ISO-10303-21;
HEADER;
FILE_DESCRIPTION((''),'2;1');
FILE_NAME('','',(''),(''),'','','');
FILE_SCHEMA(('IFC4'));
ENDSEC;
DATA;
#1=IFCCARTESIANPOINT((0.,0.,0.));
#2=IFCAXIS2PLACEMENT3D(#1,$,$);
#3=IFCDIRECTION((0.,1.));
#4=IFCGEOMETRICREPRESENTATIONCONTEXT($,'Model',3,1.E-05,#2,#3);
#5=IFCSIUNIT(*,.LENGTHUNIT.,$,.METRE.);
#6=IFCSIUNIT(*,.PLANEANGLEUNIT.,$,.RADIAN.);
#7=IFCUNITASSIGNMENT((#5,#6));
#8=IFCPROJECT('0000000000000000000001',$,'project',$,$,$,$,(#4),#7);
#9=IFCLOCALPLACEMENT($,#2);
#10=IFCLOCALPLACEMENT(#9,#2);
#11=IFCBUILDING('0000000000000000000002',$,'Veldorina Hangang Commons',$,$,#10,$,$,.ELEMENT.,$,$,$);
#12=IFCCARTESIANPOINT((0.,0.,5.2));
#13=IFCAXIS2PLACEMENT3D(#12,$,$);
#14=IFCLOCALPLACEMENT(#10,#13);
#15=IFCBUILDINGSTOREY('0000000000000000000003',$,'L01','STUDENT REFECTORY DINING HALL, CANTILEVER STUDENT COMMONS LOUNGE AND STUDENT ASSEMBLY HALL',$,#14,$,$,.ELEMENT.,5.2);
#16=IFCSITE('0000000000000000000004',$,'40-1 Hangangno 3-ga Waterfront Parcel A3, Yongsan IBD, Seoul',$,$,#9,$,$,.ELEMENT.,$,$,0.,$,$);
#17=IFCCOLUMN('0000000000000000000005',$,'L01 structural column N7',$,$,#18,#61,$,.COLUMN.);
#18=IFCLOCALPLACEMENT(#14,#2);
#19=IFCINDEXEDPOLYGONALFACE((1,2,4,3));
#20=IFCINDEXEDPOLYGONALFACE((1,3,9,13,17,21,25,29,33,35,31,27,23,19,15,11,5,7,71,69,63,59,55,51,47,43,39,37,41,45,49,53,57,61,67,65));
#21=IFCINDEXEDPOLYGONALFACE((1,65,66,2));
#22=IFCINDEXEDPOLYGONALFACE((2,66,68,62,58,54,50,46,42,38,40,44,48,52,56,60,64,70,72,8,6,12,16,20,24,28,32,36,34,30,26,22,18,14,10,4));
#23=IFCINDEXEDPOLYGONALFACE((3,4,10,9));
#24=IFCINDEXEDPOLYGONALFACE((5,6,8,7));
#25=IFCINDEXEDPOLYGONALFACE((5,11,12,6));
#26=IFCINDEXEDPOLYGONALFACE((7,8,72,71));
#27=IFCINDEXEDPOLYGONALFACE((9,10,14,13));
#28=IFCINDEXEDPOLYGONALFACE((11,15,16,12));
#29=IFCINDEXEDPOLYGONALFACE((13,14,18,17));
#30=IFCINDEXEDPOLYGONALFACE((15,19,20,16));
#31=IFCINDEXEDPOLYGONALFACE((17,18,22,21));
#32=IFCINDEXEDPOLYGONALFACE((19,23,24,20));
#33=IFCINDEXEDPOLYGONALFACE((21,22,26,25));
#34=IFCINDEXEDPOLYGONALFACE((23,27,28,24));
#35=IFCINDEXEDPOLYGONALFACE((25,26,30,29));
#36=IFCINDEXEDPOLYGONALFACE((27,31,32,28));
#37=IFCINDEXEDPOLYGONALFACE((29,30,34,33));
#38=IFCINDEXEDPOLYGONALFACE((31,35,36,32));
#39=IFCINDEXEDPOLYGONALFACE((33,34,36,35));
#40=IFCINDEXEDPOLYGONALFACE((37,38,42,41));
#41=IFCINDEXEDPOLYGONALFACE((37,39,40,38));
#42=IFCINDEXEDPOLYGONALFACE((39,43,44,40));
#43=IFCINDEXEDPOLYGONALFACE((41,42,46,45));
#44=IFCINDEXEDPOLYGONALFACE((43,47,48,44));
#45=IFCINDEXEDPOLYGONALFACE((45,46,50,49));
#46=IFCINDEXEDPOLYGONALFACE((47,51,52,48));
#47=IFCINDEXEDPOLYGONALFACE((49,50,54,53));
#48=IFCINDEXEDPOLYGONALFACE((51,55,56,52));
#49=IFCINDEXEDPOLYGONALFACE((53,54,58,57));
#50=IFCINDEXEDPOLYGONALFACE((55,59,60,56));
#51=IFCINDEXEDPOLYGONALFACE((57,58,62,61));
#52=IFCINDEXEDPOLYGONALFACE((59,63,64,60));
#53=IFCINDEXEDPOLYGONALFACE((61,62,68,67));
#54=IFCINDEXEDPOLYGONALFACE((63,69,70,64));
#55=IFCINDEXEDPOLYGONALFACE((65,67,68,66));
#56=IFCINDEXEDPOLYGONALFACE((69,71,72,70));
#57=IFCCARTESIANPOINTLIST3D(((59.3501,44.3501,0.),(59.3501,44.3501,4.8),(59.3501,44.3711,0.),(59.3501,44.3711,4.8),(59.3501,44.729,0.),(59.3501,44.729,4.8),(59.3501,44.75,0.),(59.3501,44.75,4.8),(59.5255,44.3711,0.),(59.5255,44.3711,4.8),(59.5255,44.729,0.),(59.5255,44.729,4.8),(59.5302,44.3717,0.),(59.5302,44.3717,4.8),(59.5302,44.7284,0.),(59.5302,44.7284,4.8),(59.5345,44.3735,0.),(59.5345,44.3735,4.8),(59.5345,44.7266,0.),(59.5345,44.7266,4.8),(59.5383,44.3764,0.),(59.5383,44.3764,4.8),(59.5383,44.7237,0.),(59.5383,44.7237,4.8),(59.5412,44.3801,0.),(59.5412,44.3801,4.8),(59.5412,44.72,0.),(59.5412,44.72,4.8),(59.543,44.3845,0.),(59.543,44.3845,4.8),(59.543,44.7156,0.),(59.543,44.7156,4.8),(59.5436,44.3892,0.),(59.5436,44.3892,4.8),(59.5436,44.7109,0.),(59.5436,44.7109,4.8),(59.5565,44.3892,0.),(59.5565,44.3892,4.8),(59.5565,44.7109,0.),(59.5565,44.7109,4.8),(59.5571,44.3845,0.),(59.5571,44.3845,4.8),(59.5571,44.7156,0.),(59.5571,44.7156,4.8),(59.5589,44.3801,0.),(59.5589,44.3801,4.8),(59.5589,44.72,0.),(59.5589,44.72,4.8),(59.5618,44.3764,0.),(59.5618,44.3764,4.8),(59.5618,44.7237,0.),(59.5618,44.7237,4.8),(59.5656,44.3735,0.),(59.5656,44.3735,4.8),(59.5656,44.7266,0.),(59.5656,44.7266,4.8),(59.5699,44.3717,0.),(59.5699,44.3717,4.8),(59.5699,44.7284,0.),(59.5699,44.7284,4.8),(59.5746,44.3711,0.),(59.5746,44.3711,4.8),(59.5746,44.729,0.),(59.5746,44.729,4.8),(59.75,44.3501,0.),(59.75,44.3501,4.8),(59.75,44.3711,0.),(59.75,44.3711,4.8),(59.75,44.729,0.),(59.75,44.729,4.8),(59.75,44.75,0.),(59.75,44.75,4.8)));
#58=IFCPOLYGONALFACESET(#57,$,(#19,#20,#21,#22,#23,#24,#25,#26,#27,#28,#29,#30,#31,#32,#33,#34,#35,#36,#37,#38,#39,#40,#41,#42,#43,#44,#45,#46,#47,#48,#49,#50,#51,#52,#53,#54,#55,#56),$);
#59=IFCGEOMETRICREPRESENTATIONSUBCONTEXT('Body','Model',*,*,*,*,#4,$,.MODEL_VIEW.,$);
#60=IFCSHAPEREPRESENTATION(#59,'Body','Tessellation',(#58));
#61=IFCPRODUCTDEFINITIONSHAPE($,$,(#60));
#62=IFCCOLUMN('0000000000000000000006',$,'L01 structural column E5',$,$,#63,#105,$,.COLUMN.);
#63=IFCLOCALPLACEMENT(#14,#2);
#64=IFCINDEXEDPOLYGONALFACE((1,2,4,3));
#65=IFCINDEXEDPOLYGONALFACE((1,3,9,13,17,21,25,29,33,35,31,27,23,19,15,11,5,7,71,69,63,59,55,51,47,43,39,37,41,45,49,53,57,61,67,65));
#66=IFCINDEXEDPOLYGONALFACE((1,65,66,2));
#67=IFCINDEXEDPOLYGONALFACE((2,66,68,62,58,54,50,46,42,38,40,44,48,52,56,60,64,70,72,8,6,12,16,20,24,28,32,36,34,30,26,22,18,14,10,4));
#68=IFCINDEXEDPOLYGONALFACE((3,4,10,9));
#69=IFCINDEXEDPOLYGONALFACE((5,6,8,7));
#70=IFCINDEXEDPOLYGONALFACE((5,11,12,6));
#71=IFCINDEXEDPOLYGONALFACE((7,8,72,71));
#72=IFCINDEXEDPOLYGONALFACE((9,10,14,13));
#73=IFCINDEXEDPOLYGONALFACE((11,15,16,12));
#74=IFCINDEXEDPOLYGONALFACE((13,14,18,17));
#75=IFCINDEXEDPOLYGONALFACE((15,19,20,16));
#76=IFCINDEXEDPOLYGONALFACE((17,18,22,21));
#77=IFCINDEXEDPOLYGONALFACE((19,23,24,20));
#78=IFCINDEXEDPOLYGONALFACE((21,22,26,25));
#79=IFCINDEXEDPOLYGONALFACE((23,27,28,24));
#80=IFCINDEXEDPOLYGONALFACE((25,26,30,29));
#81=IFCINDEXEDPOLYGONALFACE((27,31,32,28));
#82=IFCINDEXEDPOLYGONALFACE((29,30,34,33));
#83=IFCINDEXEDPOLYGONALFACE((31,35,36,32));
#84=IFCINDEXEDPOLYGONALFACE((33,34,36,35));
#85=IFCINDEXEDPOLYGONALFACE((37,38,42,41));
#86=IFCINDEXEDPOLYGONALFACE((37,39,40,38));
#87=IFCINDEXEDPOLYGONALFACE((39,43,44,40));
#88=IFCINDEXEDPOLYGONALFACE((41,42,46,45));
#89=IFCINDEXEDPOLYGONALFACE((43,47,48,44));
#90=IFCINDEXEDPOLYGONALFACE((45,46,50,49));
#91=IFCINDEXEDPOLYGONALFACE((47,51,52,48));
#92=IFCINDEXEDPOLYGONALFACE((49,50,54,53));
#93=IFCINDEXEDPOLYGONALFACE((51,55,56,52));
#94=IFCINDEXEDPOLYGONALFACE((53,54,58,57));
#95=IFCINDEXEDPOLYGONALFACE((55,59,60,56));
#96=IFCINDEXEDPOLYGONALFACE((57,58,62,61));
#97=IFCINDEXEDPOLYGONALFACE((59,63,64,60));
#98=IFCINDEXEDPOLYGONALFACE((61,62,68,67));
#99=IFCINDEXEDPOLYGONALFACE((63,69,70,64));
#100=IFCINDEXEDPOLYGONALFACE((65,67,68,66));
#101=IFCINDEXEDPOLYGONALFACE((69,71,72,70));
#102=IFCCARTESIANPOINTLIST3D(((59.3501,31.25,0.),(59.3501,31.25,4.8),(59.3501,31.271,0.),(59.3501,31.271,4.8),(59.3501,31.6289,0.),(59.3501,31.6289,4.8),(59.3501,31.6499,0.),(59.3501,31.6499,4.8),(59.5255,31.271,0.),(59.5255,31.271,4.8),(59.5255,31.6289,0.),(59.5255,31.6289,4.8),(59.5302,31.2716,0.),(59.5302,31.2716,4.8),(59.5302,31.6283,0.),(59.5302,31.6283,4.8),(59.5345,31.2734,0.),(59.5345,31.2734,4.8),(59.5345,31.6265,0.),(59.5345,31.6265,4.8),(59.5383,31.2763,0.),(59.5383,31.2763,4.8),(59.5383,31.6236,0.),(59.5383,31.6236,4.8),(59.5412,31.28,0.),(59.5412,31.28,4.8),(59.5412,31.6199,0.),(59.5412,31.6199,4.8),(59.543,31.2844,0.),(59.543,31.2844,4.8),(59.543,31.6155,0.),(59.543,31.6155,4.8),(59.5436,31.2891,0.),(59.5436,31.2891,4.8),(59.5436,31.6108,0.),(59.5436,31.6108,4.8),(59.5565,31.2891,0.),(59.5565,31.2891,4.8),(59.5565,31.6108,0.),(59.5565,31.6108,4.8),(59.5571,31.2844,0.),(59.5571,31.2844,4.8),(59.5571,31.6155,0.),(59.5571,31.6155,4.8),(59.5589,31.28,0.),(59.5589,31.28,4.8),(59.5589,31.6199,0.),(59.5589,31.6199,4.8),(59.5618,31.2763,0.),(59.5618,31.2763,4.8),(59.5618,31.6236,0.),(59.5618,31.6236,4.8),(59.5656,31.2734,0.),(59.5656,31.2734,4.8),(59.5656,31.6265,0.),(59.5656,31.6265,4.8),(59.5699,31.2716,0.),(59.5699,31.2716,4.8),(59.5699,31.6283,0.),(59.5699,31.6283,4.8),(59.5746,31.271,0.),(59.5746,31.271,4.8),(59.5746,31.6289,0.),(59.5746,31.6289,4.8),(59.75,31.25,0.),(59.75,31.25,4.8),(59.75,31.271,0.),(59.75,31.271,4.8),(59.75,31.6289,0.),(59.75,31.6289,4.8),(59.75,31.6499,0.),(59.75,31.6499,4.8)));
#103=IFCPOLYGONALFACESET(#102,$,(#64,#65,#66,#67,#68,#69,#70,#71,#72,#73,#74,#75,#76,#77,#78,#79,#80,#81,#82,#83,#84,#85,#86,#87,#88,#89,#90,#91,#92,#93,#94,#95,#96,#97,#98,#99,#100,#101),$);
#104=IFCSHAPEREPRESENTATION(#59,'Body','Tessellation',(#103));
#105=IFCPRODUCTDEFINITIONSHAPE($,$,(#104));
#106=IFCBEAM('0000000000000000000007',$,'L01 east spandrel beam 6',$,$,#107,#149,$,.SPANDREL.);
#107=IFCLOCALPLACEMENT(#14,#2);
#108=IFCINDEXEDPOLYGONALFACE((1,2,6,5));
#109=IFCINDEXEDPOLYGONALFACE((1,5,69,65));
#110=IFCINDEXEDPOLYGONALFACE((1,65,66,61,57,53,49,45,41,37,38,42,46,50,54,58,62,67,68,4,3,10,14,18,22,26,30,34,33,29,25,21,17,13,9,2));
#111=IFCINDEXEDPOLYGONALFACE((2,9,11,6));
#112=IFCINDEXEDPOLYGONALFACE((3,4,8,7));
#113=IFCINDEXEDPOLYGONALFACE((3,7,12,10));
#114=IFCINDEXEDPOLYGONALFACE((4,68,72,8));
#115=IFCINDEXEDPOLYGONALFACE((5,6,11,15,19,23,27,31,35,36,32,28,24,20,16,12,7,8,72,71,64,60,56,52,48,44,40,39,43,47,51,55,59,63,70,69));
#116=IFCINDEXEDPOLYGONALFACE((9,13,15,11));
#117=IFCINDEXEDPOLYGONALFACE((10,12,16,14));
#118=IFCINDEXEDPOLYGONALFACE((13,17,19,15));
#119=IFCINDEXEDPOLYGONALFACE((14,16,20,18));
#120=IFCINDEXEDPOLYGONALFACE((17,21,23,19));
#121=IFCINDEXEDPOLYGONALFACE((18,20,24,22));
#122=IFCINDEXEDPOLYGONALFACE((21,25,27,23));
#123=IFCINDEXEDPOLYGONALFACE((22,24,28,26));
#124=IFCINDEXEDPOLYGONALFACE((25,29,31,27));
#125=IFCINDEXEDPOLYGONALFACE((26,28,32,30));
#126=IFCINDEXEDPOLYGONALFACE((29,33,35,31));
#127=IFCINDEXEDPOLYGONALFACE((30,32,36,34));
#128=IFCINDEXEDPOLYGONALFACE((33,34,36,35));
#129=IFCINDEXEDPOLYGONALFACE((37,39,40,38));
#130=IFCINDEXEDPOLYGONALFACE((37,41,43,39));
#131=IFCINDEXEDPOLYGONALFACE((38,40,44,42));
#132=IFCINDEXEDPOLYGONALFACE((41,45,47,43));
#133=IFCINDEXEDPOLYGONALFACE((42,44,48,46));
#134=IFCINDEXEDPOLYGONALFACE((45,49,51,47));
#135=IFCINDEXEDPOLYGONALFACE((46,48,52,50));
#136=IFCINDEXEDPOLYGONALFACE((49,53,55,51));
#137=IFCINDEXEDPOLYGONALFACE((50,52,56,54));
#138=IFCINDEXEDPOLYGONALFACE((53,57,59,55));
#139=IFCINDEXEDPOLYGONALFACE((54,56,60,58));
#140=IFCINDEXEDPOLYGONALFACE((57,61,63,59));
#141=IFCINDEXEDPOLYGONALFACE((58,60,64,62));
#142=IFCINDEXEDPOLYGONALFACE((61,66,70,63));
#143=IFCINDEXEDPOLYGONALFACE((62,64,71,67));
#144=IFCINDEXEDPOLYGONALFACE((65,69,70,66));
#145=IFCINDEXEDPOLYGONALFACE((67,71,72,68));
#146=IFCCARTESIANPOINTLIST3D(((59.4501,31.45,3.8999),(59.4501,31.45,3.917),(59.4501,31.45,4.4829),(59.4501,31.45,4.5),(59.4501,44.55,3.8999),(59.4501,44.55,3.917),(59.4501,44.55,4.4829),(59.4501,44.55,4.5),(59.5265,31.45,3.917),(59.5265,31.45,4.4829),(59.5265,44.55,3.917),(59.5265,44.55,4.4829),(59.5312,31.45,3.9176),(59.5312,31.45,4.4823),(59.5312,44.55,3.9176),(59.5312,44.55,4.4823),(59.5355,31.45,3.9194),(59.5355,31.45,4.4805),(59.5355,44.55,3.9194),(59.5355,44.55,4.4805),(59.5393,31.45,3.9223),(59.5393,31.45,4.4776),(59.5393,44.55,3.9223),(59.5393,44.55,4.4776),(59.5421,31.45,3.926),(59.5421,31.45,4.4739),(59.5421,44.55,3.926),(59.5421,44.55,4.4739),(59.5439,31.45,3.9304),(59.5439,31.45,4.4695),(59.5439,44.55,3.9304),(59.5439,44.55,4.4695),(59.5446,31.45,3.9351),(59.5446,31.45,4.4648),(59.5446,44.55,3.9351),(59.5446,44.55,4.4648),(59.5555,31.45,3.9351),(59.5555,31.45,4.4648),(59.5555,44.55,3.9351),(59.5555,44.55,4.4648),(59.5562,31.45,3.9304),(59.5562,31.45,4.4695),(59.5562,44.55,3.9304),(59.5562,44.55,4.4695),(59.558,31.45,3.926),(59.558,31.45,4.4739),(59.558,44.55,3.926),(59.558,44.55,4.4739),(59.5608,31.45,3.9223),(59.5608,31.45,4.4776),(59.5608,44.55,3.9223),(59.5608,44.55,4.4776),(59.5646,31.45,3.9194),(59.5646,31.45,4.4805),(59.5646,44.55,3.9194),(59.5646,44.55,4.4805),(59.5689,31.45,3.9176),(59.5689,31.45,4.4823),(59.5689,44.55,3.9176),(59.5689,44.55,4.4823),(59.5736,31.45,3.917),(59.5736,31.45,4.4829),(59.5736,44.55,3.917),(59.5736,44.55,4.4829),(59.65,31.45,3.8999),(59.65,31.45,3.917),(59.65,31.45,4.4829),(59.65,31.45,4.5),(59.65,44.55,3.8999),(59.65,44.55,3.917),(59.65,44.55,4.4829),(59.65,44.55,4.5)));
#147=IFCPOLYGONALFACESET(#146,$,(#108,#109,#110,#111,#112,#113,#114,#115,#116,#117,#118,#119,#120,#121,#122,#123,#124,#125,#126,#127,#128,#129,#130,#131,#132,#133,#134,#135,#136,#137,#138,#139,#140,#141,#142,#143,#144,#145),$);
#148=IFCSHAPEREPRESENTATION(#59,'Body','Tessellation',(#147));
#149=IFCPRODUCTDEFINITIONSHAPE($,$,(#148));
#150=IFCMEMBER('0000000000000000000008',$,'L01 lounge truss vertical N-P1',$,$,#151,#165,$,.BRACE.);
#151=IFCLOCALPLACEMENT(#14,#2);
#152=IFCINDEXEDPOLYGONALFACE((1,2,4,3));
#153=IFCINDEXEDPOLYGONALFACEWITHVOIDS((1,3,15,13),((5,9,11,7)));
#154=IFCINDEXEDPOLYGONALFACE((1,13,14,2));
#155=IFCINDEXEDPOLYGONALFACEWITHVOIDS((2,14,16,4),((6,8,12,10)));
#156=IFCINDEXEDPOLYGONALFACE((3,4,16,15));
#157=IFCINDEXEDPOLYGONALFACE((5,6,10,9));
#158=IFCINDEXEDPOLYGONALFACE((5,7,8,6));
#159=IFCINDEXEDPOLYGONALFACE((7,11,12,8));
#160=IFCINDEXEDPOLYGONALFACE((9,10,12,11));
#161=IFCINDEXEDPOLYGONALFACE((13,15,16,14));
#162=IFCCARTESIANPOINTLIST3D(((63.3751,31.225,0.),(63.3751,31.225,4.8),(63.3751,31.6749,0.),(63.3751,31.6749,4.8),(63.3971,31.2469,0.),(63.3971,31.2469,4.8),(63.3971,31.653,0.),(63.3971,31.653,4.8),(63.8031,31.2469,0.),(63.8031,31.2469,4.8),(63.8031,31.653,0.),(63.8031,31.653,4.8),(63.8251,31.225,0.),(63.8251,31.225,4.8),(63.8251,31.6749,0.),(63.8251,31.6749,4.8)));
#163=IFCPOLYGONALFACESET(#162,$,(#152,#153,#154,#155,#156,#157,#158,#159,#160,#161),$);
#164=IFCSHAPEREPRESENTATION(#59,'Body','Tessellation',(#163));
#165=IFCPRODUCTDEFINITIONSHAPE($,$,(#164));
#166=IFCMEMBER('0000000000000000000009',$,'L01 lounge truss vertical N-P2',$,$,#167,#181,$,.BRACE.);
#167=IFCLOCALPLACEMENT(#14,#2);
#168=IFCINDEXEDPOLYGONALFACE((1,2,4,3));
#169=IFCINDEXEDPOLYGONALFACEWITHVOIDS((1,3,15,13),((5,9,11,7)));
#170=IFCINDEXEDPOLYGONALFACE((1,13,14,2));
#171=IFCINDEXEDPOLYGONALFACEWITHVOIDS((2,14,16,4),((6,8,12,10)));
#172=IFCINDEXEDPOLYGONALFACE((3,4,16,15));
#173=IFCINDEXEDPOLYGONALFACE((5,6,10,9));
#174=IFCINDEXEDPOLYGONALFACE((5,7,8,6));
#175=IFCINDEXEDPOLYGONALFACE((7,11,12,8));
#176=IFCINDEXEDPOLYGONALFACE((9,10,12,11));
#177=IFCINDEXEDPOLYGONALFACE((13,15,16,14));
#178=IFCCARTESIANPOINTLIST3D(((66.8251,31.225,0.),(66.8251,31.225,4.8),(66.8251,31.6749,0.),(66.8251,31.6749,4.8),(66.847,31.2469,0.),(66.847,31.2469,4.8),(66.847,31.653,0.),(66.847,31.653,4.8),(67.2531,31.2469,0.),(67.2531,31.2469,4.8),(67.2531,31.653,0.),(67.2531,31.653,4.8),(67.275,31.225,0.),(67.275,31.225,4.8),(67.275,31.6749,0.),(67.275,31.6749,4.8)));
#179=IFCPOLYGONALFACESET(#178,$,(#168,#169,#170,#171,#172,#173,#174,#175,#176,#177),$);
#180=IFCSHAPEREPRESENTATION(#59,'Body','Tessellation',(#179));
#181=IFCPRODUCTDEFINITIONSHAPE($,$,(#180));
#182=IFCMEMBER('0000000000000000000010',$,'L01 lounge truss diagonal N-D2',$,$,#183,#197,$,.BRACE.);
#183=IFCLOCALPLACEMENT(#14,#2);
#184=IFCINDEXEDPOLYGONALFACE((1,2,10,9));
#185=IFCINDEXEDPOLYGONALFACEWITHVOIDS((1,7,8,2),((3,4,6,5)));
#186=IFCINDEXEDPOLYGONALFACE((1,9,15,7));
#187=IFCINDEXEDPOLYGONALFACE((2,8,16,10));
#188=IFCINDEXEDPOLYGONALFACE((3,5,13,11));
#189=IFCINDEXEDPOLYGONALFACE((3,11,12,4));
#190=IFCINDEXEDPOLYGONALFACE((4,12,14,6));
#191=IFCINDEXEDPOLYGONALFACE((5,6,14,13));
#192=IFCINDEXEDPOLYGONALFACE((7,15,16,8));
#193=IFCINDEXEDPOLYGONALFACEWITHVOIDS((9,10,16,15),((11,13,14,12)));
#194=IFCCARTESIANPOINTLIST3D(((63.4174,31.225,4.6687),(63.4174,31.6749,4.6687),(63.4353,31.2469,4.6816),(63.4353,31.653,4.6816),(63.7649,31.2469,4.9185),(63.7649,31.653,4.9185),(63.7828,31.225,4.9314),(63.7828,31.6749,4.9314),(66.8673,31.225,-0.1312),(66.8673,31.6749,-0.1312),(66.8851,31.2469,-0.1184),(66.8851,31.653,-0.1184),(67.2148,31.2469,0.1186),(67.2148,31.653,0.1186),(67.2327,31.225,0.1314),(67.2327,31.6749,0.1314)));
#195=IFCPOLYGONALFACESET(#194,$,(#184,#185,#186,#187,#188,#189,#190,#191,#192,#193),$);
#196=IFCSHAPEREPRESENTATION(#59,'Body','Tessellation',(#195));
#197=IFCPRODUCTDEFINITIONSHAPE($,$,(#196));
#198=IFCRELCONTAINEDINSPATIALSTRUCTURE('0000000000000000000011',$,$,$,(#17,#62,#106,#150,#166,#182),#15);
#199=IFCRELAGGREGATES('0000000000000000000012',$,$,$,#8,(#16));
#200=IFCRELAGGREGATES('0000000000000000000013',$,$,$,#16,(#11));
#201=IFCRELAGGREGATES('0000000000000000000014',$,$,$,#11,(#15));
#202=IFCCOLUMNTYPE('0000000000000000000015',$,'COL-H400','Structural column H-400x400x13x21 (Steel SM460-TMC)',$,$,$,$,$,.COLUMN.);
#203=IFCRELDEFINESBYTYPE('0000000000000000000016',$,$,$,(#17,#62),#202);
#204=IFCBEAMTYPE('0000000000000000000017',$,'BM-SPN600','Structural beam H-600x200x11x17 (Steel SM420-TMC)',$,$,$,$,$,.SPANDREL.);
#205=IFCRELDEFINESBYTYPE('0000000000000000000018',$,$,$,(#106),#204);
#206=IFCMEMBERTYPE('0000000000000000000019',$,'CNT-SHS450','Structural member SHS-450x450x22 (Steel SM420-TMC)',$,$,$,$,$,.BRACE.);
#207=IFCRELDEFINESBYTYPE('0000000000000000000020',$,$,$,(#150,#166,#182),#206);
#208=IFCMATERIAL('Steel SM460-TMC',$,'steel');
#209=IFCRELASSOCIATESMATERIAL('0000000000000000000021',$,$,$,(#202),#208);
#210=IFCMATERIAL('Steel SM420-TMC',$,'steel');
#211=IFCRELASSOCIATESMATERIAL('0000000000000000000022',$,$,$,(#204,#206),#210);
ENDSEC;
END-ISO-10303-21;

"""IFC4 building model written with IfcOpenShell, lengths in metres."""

from ifc_helpers import new_model, si_unit, direction, frame, origin, origin_2d, place, context, subcontext, project, spatial, hollow_rectangle, i_section, extrude, material, material_profile, profile_set, type_object, element, save


model = new_model("IFC4")

# Units and contexts
model_context = context("Model", 3, precision=1e-05, world=origin(), true_north=direction((0.0, 1.0)))
body_context = subcontext(model_context, "Body", "Model", "MODEL_VIEW")
ifc_project = project(units=[si_unit("LENGTHUNIT", "METRE"), si_unit("PLANEANGLEUNIT", "RADIAN")], contexts=[model_context])

# Site, building, storey
site_placement = place(None, origin())
site = spatial("IfcSite", under=ifc_project, at=site_placement, Name="40-1 Hangangno 3-ga Waterfront Parcel A3, Yongsan IBD, Seoul", CompositionType="ELEMENT", RefElevation=0.0)
building_placement = place(site_placement, origin())
building = spatial("IfcBuilding", under=site, at=building_placement, Name="Veldorina Hangang Commons", CompositionType="ELEMENT")
storey_placement = place(building_placement, frame((0.0, 0.0, 5.2)))
storey = spatial("IfcBuildingStorey", under=building, at=storey_placement, Name="L01", Description="STUDENT REFECTORY DINING HALL, CANTILEVER STUDENT COMMONS LOUNGE AND STUDENT ASSEMBLY HALL", CompositionType="ELEMENT", Elevation=5.2)

# Columns
ifc_material_1 = material(Name="Steel SM460-TMC", Category="steel")
ifc_material_profile_1 = material_profile(ifc_material_1, i_section(OverallWidth=0.3999, OverallDepth=0.3999, WebThickness=0.0129, FlangeThickness=0.021, FilletRadius=0.0181, at=origin_2d()), Name="H-400x400x13x21")
ifc_profile_set_1 = profile_set([ifc_material_profile_1], Name="Steel SM460-TMC")
column_type = type_object("IfcColumnType", Name="COL-H400", Description="Structural column H-400x400x13x21 (Steel SM460-TMC)", PredefinedType="COLUMN", material=ifc_profile_set_1)
for number, where, z_axis, x_axis, name in (
    (1, (59.55, 44.55, 0.0), (0.0, 0.0, 1.0), (1.0, 0.0, 0.0), "L01 structural column N7"),
    (2, (59.55, 31.45, 0.0), (0.0, 0.0, 1.0), (1.0, 0.0, 0.0), "L01 structural column E5"),
):
    element("IfcColumn", number, at=place(storey_placement, frame(where, z_axis=z_axis, x_axis=x_axis)), inside=storey, type_object=column_type, Name=name, PredefinedType="COLUMN", context=body_context, shape_type="SweptSolid", body=[
        extrude(i_section(OverallWidth=0.3999, OverallDepth=0.3999, WebThickness=0.0129, FlangeThickness=0.021, FilletRadius=0.0181, at=origin_2d()), origin(), (0.0, 0.0, 1.0), 4.8),
    ])

# Beam
ifc_material_2 = material(Name="Steel SM420-TMC", Category="steel")
ifc_material_profile_2 = material_profile(ifc_material_2, i_section(OverallWidth=0.2, OverallDepth=0.6001, WebThickness=0.011, FlangeThickness=0.0171, FilletRadius=0.0181, at=origin_2d()), Name="H-600x200x11x17")
ifc_profile_set_2 = profile_set([ifc_material_profile_2], Name="Steel SM420-TMC")
beam_type = type_object("IfcBeamType", Name="BM-SPN600", Description="Structural beam H-600x200x11x17 (Steel SM420-TMC)", PredefinedType="SPANDREL", material=ifc_profile_set_2)
beam_placement = place(storey_placement, frame((59.55, 31.45, 4.2), z_axis=(0.0, 1.0, 0.0), x_axis=(-1.0, 0.0, 0.0)))
element("IfcBeam", 3, at=beam_placement, inside=storey, type_object=beam_type, Name="L01 east spandrel beam 6", PredefinedType="SPANDREL", context=body_context, shape_type="SweptSolid", body=[
    extrude(i_section(OverallWidth=0.2, OverallDepth=0.6001, WebThickness=0.011, FlangeThickness=0.0171, FilletRadius=0.0181, at=origin_2d()), origin(), (0.0, 0.0, 1.0), 13.1001),
])

# Members
ifc_material_profile_3 = material_profile(ifc_material_2, hollow_rectangle(XDim=0.45, YDim=0.45, WallThickness=0.022, at=origin_2d()), Name="SHS-450x450x22")
ifc_profile_set_3 = profile_set([ifc_material_profile_3], Name="Steel SM420-TMC")
member_type_1 = type_object("IfcMemberType", Name="CNT-SHS450", Description="Structural member SHS-450x450x22 (Steel SM420-TMC)", PredefinedType="BRACE", material=ifc_profile_set_3)
for number, where, z_axis, x_axis, name in (
    (4, (63.6001, 31.45, 0.0), (0.0, 0.0, 1.0), (1.0, 0.0, 0.0), "L01 lounge truss vertical N-P1"),
    (5, (67.05, 31.45, 0.0), (0.0, 0.0, 1.0), (1.0, 0.0, 0.0), "L01 lounge truss vertical N-P2"),
):
    element("IfcMember", number, at=place(storey_placement, frame(where, z_axis=z_axis, x_axis=x_axis)), inside=storey, type_object=member_type_1, Name=name, PredefinedType="BRACE", context=body_context, shape_type="SweptSolid", body=[
        extrude(hollow_rectangle(XDim=0.45, YDim=0.45, WallThickness=0.022, at=origin_2d()), origin(), (0.0, 0.0, 1.0), 4.8),
    ])
member_1_placement = place(storey_placement, frame((63.6001, 31.45, 4.8), z_axis=(0.583627, 0.0, -0.812022), x_axis=(0.0, 1.0, 0.0)))
element("IfcMember", 6, at=member_1_placement, inside=storey, type_object=member_type_1, Name="L01 lounge truss diagonal N-D2", PredefinedType="BRACE", context=body_context, shape_type="SweptSolid", body=[
    extrude(hollow_rectangle(XDim=0.45, YDim=0.45, WallThickness=0.022, at=origin_2d()), origin(), (0.0, 0.0, 1.0), 5.9111),
])

save(model, "model.ifc")
